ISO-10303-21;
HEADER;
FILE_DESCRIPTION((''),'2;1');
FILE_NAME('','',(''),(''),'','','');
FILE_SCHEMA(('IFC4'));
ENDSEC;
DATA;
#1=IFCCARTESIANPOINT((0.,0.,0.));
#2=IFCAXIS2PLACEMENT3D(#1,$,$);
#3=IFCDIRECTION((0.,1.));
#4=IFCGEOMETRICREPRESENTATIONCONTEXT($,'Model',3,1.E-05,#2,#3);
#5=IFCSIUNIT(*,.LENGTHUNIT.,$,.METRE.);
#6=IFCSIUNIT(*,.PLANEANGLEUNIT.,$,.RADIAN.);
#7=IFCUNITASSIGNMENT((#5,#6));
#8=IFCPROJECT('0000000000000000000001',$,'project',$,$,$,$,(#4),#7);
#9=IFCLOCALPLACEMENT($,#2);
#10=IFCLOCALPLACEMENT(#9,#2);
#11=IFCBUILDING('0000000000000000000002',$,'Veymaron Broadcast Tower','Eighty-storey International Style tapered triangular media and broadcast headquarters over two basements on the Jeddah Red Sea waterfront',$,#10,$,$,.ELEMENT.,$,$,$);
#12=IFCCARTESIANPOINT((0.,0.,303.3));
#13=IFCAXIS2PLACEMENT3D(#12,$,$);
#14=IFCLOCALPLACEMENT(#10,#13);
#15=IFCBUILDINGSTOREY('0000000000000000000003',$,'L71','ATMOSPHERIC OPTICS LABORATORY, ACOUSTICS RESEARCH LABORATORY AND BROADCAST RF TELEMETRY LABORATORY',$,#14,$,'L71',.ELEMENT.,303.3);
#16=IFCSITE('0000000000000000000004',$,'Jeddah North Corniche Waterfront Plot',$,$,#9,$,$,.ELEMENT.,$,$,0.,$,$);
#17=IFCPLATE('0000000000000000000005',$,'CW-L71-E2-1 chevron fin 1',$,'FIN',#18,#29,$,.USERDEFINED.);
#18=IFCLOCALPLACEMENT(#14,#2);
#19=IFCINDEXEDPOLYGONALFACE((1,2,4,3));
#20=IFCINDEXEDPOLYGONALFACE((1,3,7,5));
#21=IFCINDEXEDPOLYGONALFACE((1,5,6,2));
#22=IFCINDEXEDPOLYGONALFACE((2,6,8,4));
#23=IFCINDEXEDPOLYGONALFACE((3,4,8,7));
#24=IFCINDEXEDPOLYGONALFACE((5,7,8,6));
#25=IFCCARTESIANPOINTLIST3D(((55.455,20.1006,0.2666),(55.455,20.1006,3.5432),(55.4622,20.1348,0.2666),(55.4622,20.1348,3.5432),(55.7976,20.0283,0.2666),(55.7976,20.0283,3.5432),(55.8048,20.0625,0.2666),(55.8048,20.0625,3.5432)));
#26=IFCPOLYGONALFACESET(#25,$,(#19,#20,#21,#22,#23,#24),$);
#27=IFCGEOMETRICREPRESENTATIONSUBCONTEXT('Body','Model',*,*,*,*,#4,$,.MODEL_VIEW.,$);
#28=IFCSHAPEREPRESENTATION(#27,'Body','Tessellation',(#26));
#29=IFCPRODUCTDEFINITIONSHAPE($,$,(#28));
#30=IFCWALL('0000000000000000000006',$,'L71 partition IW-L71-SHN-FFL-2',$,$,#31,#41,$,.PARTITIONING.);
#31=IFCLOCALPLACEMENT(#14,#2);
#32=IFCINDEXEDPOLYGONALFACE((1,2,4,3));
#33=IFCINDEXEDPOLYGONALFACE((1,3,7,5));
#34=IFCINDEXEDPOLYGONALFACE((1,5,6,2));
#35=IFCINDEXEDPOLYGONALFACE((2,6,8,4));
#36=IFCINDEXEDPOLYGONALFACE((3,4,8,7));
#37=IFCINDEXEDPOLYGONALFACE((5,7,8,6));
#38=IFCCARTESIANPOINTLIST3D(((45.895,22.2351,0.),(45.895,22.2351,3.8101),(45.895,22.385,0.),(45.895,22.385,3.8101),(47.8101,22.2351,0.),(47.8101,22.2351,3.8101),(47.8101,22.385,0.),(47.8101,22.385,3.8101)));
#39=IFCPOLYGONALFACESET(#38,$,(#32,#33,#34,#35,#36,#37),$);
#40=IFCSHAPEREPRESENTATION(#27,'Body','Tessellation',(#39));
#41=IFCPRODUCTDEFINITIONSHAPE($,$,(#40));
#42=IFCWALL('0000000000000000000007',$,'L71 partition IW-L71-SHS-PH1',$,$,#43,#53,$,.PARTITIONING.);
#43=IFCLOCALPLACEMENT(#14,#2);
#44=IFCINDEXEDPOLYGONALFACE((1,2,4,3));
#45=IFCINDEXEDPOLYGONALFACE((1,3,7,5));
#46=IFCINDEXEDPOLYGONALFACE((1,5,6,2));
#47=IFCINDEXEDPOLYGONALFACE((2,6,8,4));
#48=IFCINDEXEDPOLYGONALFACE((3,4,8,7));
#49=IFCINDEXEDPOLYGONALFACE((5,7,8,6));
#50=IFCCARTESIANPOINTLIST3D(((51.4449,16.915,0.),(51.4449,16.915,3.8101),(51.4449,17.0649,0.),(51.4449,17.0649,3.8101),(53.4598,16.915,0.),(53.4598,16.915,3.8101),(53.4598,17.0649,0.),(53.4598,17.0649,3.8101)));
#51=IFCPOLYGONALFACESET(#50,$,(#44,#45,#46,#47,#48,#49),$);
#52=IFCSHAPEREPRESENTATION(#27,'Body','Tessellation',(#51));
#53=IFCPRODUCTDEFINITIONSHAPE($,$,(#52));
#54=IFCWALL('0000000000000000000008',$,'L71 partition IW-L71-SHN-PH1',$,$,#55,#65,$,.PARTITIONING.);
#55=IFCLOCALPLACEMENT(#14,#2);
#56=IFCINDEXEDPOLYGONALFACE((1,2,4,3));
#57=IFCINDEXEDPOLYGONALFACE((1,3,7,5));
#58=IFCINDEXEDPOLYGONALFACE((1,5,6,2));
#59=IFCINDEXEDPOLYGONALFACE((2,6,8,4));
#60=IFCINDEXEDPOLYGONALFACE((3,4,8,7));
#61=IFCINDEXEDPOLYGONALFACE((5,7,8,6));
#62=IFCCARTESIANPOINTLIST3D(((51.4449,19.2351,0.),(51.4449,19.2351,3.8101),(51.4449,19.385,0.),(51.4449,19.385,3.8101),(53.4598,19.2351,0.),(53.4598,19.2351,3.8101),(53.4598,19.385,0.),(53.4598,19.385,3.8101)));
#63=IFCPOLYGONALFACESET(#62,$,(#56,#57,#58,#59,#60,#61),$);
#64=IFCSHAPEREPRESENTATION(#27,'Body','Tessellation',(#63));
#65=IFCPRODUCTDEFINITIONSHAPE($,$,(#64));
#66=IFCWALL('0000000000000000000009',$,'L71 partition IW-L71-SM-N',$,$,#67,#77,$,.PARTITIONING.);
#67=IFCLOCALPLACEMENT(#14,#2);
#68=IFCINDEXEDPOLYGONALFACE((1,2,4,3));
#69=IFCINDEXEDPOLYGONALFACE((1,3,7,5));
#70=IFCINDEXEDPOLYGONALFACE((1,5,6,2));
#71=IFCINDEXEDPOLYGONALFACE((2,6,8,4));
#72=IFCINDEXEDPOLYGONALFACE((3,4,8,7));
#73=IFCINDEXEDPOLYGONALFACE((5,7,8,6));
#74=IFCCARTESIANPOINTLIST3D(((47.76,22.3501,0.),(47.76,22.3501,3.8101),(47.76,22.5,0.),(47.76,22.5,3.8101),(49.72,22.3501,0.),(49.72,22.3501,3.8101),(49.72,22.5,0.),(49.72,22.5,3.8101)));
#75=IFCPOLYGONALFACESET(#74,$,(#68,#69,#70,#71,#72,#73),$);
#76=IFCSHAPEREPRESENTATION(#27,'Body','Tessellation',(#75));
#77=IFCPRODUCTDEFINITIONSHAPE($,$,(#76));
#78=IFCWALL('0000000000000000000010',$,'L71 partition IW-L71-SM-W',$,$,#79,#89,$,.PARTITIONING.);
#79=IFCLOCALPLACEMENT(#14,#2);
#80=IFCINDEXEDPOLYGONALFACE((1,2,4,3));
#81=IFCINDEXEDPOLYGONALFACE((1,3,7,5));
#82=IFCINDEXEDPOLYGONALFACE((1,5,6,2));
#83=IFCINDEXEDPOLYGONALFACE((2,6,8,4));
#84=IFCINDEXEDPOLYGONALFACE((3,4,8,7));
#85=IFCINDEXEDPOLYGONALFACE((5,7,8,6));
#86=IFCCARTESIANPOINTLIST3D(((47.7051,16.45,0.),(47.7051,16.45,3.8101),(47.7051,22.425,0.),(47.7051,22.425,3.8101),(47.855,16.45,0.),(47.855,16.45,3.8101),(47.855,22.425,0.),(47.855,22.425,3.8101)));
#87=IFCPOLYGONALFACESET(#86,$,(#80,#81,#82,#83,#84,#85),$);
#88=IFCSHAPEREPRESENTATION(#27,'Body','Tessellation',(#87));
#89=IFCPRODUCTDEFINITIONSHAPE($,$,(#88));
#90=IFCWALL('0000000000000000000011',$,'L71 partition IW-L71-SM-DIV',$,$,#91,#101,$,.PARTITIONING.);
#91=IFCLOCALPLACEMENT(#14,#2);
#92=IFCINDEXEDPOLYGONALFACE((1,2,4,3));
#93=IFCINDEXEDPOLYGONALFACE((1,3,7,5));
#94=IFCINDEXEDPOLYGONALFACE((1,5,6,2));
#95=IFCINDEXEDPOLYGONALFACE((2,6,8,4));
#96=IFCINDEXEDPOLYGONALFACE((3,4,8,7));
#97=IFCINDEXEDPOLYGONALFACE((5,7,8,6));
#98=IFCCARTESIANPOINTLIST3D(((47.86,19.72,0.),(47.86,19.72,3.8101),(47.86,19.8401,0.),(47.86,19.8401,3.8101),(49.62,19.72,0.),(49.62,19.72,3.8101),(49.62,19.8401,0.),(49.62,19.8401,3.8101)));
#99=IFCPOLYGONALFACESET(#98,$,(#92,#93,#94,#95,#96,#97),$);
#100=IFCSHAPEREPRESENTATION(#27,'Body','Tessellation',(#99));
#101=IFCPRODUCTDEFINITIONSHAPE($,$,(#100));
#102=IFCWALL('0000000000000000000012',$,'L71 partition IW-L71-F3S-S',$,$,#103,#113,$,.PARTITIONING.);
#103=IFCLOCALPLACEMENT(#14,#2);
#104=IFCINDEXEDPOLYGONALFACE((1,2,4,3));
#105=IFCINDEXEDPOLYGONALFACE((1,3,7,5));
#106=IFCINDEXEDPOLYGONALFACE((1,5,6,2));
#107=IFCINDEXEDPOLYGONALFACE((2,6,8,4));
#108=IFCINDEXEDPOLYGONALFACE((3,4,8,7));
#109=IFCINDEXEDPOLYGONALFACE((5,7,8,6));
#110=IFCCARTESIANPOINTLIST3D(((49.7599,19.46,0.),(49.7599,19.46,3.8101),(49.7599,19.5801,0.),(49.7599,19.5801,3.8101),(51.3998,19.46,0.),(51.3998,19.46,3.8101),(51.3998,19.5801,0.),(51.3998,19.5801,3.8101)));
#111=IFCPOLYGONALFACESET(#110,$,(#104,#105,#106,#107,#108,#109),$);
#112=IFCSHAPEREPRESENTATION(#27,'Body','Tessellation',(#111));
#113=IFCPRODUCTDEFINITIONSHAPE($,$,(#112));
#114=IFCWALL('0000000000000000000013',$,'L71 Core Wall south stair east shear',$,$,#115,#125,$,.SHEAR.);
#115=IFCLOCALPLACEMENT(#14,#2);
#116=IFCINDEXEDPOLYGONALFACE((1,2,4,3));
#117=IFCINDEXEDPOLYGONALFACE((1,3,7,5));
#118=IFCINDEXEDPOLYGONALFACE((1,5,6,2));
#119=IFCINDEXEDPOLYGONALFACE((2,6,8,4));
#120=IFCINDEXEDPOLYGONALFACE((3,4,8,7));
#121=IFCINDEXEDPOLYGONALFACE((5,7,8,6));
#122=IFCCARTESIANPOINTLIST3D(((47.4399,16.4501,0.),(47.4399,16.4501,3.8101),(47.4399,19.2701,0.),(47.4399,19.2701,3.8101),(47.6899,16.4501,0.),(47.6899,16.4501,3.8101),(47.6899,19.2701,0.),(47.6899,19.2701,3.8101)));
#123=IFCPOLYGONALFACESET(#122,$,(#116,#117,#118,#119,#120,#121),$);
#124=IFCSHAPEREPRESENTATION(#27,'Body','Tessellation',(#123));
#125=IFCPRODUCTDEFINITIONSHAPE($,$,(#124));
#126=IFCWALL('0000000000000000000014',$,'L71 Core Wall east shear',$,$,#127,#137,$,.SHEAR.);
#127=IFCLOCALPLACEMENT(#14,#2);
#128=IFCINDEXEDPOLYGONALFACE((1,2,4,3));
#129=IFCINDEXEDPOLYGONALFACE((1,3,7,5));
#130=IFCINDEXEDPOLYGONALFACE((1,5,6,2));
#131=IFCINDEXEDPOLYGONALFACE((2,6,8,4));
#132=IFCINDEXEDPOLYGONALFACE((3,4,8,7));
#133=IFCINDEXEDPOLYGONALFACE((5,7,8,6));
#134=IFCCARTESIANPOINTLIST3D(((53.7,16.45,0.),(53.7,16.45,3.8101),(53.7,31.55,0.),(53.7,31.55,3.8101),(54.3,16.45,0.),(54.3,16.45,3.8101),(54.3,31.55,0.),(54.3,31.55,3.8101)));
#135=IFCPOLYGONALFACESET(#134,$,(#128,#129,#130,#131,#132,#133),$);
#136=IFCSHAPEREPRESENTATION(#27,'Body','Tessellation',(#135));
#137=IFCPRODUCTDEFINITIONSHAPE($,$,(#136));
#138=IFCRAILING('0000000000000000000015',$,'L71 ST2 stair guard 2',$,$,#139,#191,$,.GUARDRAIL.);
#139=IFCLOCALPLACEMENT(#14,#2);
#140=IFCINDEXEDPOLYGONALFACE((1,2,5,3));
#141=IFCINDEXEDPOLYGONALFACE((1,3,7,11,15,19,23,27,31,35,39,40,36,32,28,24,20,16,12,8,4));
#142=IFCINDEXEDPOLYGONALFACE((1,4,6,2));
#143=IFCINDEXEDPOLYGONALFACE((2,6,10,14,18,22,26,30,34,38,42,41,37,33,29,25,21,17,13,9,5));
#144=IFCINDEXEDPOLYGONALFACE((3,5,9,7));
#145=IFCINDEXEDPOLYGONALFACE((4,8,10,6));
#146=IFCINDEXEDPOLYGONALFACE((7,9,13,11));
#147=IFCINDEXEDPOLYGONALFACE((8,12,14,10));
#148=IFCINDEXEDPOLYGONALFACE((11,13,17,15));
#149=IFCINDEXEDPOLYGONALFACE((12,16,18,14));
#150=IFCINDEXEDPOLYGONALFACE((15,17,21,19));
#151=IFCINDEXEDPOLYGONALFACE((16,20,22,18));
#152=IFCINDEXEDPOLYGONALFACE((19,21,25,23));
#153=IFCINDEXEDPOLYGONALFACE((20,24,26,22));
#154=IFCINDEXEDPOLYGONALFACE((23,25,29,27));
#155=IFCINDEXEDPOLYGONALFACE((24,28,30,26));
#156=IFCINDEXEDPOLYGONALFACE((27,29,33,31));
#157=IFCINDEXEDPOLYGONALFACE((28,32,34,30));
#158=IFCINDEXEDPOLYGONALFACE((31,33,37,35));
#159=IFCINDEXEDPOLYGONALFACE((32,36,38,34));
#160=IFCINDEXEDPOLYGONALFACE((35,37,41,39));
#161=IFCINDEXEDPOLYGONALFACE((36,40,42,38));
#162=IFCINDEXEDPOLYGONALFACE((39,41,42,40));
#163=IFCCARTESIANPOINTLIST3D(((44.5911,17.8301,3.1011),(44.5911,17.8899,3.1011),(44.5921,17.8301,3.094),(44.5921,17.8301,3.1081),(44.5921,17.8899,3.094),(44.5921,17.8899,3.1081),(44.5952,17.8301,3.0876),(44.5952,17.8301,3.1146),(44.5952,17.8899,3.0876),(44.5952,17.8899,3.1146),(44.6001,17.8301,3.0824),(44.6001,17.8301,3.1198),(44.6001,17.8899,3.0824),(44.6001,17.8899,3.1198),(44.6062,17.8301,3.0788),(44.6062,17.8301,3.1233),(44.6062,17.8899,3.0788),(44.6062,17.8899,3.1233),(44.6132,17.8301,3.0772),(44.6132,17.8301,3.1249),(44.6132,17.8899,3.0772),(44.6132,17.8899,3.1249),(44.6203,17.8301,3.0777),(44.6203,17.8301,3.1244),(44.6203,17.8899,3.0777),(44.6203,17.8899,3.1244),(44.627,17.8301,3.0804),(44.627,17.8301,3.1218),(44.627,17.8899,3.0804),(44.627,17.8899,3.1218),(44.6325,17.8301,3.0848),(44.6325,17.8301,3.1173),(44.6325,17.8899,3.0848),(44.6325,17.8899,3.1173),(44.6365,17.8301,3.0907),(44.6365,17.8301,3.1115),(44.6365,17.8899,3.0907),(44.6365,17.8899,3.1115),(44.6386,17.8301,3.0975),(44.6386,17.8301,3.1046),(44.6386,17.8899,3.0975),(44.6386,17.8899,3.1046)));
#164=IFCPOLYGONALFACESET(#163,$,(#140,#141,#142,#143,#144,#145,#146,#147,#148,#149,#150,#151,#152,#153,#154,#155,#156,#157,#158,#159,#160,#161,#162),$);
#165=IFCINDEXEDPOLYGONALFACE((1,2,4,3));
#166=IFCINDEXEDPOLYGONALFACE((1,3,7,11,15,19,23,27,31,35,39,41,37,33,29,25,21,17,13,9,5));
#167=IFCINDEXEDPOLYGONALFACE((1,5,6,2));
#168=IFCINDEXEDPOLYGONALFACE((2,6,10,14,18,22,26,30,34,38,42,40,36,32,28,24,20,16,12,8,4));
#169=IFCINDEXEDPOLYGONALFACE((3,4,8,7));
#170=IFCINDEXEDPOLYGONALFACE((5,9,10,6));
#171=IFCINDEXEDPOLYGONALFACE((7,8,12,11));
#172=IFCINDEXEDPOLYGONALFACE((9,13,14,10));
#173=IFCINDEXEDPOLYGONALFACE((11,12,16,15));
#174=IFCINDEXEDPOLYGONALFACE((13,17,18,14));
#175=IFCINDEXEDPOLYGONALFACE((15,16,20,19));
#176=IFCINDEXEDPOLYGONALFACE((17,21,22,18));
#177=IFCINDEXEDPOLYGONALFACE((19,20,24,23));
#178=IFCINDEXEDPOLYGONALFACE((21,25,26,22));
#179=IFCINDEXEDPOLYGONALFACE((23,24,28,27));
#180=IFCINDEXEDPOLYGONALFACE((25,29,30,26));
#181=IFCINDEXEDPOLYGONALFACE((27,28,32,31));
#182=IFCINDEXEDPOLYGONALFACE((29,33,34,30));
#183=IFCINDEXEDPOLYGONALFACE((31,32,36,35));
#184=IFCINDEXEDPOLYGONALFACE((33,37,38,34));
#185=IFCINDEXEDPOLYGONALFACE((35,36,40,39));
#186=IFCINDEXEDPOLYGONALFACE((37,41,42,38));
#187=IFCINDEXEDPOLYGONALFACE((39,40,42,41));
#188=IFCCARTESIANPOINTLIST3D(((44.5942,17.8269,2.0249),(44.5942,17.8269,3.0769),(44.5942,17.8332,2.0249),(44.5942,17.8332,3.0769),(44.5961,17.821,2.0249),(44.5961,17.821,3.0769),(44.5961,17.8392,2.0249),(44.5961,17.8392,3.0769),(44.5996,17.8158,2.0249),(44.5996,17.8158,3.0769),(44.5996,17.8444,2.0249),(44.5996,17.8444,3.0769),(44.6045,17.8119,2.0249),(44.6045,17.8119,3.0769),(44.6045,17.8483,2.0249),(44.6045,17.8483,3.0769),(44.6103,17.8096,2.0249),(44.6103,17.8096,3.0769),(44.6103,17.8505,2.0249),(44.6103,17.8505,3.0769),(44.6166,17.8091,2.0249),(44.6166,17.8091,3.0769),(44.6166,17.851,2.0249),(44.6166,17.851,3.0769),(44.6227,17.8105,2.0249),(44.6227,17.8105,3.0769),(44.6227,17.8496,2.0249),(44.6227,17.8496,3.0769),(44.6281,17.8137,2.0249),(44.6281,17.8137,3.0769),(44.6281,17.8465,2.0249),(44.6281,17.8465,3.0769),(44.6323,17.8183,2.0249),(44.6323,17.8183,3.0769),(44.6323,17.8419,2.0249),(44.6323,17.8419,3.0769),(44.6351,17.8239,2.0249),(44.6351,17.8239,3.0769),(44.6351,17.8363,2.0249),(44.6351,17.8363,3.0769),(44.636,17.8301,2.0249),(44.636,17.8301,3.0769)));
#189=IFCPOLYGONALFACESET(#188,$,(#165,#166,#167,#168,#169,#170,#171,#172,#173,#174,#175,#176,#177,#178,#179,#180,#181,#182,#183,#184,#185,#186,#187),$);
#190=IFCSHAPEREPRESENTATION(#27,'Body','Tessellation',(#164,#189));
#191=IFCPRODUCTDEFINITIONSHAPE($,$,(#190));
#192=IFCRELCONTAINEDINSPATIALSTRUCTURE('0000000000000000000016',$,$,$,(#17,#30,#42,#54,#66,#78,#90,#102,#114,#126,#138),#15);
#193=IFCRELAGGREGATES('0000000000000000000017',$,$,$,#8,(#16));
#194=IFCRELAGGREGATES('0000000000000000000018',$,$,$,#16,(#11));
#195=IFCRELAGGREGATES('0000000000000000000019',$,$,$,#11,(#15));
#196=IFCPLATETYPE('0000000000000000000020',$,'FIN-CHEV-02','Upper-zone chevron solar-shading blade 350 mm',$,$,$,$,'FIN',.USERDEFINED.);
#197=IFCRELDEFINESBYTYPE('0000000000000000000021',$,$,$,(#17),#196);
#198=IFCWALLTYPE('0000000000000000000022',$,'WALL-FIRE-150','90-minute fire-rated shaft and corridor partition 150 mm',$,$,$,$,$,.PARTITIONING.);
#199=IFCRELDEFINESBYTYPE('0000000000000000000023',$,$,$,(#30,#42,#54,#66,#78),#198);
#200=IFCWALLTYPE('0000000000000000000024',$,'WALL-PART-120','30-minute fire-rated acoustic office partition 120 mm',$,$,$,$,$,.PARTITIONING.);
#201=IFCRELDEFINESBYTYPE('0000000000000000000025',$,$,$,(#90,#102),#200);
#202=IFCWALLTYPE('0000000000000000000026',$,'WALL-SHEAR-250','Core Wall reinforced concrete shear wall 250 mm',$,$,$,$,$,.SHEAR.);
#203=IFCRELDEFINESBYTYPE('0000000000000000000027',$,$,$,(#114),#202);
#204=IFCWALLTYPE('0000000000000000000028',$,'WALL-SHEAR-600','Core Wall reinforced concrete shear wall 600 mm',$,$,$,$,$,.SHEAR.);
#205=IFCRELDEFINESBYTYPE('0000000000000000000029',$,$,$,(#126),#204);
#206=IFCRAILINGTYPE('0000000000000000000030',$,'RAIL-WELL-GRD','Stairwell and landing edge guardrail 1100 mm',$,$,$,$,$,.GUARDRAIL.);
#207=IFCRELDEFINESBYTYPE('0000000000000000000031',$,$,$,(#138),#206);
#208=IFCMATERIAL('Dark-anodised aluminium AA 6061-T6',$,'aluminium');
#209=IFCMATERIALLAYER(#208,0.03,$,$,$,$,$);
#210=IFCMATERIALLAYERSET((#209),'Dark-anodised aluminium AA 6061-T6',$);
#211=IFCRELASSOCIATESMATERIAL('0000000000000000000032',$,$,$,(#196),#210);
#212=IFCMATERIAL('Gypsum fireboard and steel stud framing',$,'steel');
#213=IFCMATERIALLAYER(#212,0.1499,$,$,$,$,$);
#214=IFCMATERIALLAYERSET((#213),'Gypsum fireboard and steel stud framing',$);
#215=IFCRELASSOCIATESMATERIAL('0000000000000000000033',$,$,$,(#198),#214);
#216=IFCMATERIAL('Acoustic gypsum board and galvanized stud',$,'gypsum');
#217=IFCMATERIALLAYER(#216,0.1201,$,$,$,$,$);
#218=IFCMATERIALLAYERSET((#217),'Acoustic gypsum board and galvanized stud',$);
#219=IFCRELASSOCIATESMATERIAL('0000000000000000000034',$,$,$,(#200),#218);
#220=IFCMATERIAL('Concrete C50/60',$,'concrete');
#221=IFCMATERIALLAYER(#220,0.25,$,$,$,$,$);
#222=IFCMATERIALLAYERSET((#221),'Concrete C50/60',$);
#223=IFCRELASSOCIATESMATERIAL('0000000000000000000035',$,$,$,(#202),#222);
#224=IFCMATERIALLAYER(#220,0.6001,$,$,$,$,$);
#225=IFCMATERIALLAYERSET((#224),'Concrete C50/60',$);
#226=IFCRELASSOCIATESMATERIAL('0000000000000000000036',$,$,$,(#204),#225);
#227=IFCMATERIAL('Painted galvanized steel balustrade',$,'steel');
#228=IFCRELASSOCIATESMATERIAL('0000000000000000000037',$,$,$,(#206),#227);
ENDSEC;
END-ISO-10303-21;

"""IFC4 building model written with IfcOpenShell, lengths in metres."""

from ifc_helpers import new_model, si_unit, direction, frame, frame_2d, origin, origin_2d, place, context, subcontext, project, spatial, rectangle, circle, extrude, material, layer, layer_set, type_object, element, save


model = new_model("IFC4")

# Units and contexts
model_context = context("Model", 3, precision=1e-05, world=origin(), true_north=direction((0.0, 1.0)))
body_context = subcontext(model_context, "Body", "Model", "MODEL_VIEW")
ifc_project = project(units=[si_unit("LENGTHUNIT", "METRE"), si_unit("PLANEANGLEUNIT", "RADIAN")], contexts=[model_context])

# Site, building, storey
site_placement = place(None, origin())
site = spatial("IfcSite", under=ifc_project, at=site_placement, Name="Jeddah North Corniche Waterfront Plot", CompositionType="ELEMENT", RefElevation=0.0)
building_placement = place(site_placement, origin())
building = spatial("IfcBuilding", under=site, at=building_placement, Name="Veymaron Broadcast Tower", Description="Eighty-storey International Style tapered triangular media and broadcast headquarters over two basements on the Jeddah Red Sea waterfront", CompositionType="ELEMENT")
storey_placement = place(building_placement, frame((0.0, 0.0, 303.3)))
storey = spatial("IfcBuildingStorey", under=building, at=storey_placement, Name="L71", Description="ATMOSPHERIC OPTICS LABORATORY, ACOUSTICS RESEARCH LABORATORY AND BROADCAST RF TELEMETRY LABORATORY", LongName="L71", CompositionType="ELEMENT", Elevation=303.3)

# Plate
ifc_material_1 = material(Name="Dark-anodised aluminium AA 6061-T6", Category="aluminium")
ifc_layer_1 = layer(ifc_material_1, 0.03)
ifc_layer_set_1 = layer_set([ifc_layer_1], Name="Dark-anodised aluminium AA 6061-T6")
plate_type_1 = type_object("IfcPlateType", Name="FIN-CHEV-02", Description="Upper-zone chevron solar-shading blade 350 mm", ElementType="FIN", PredefinedType="USERDEFINED", material=ifc_layer_set_1)
plate_1_placement = place(storey_placement, frame((55.6299, 20.0815, 0.2666), z_axis=(0.0, 0.0, 1.0), x_axis=(0.978444, -0.206512, 0.0)))
element("IfcPlate", 1, at=plate_1_placement, inside=storey, type_object=plate_type_1, Name="CW-L71-E2-1 chevron fin 1", ObjectType="FIN", PredefinedType="USERDEFINED", context=body_context, shape_type="SweptSolid", body=[
    extrude(rectangle(XDim=0.3501, YDim=0.0349, at=origin_2d()), origin(), (0.0, 0.0, 1.0), 3.2766),
])

# Shared definitions
ifc_material_2 = material(Name="Gypsum fireboard and steel stud framing", Category="steel")
ifc_layer_2 = layer(ifc_material_2, 0.1499)
ifc_layer_set_2 = layer_set([ifc_layer_2], Name="Gypsum fireboard and steel stud framing")
wall_type_1 = type_object("IfcWallType", Name="WALL-FIRE-150", Description="90-minute fire-rated shaft and corridor partition 150 mm", PredefinedType="PARTITIONING", material=ifc_layer_set_2)

# Wall
wall_1_placement = place(storey_placement, frame((45.895, 22.3101, 0.0), z_axis=(0.0, 0.0, 1.0), x_axis=(1.0, 0.0, 0.0)))
element("IfcWall", 2, at=wall_1_placement, inside=storey, type_object=wall_type_1, Name="L71 partition IW-L71-SHN-FFL-2", PredefinedType="PARTITIONING", context=body_context, shape_type="SweptSolid", body=[
    extrude(rectangle(XDim=1.915, YDim=0.1499, at=frame_2d((0.9575, 0.0))), origin(), (0.0, 0.0, 1.0), 3.8101),
])

# Walls
for number, where, z_axis, x_axis, name in (
    (3, (51.4451, 16.99, 0.0), (0.0, 0.0, 1.0), (1.0, 0.0, 0.0), "L71 partition IW-L71-SHS-PH1"),
    (4, (51.4451, 19.3101, 0.0), (0.0, 0.0, 1.0), (1.0, 0.0, 0.0), "L71 partition IW-L71-SHN-PH1"),
):
    element("IfcWall", number, at=place(storey_placement, frame(where, z_axis=z_axis, x_axis=x_axis)), inside=storey, type_object=wall_type_1, Name=name, PredefinedType="PARTITIONING", context=body_context, shape_type="SweptSolid", body=[
        extrude(rectangle(XDim=2.0149, YDim=0.1499, at=frame_2d((1.0073, 0.0))), origin(), (0.0, 0.0, 1.0), 3.8101),
    ])

# Walls
wall_2_placement = place(storey_placement, frame((47.76, 22.425, 0.0), z_axis=(0.0, 0.0, 1.0), x_axis=(1.0, 0.0, 0.0)))
element("IfcWall", 5, at=wall_2_placement, inside=storey, type_object=wall_type_1, Name="L71 partition IW-L71-SM-N", PredefinedType="PARTITIONING", context=body_context, shape_type="SweptSolid", body=[
    extrude(rectangle(XDim=1.96, YDim=0.1499, at=frame_2d((0.98, 0.0))), origin(), (0.0, 0.0, 1.0), 3.8101),
])
wall_3_placement = place(storey_placement, frame((47.78, 16.45, 0.0), z_axis=(0.0, 0.0, 1.0), x_axis=(0.0, 1.0, 0.0)))
element("IfcWall", 6, at=wall_3_placement, inside=storey, type_object=wall_type_1, Name="L71 partition IW-L71-SM-W", PredefinedType="PARTITIONING", context=body_context, shape_type="SweptSolid", body=[
    extrude(rectangle(XDim=5.9751, YDim=0.1499, at=frame_2d((2.9875, 0.0))), origin(), (0.0, 0.0, 1.0), 3.8101),
])
ifc_material_3 = material(Name="Acoustic gypsum board and galvanized stud", Category="gypsum")
ifc_layer_3 = layer(ifc_material_3, 0.1201)
ifc_layer_set_3 = layer_set([ifc_layer_3], Name="Acoustic gypsum board and galvanized stud")
wall_type_2 = type_object("IfcWallType", Name="WALL-PART-120", Description="30-minute fire-rated acoustic office partition 120 mm", PredefinedType="PARTITIONING", material=ifc_layer_set_3)
wall_4_placement = place(storey_placement, frame((47.8601, 19.78, 0.0), z_axis=(0.0, 0.0, 1.0), x_axis=(1.0, 0.0, 0.0)))
element("IfcWall", 7, at=wall_4_placement, inside=storey, type_object=wall_type_2, Name="L71 partition IW-L71-SM-DIV", PredefinedType="PARTITIONING", context=body_context, shape_type="SweptSolid", body=[
    extrude(rectangle(XDim=1.76, YDim=0.1201, at=frame_2d((0.8799, 0.0))), origin(), (0.0, 0.0, 1.0), 3.8101),
])

# Walls
wall_5_placement = place(storey_placement, frame((49.76, 19.52, 0.0), z_axis=(0.0, 0.0, 1.0), x_axis=(1.0, 0.0, 0.0)))
element("IfcWall", 8, at=wall_5_placement, inside=storey, type_object=wall_type_2, Name="L71 partition IW-L71-F3S-S", PredefinedType="PARTITIONING", context=body_context, shape_type="SweptSolid", body=[
    extrude(rectangle(XDim=1.6399, YDim=0.1201, at=frame_2d((0.8198, 0.0))), origin(), (0.0, 0.0, 1.0), 3.8101),
])
ifc_material_4 = material(Name="Concrete C50/60", Category="concrete")
ifc_layer_4 = layer(ifc_material_4, 0.25)
ifc_layer_set_4 = layer_set([ifc_layer_4], Name="Concrete C50/60")
wall_type_3 = type_object("IfcWallType", Name="WALL-SHEAR-250", Description="Core Wall reinforced concrete shear wall 250 mm", PredefinedType="SHEAR", material=ifc_layer_set_4)
wall_6_placement = place(storey_placement, frame((47.5649, 16.45, 0.0), z_axis=(0.0, 0.0, 1.0), x_axis=(0.0, 1.0, 0.0)))
element("IfcWall", 9, at=wall_6_placement, inside=storey, type_object=wall_type_3, Name="L71 Core Wall south stair east shear", PredefinedType="SHEAR", context=body_context, shape_type="SweptSolid", body=[
    extrude(rectangle(XDim=2.8201, YDim=0.25, at=frame_2d((1.4102, 0.0))), origin(), (0.0, 0.0, 1.0), 3.8101),
])
ifc_layer_5 = layer(ifc_material_4, 0.6001)
ifc_layer_set_5 = layer_set([ifc_layer_5], Name="Concrete C50/60")
wall_type_4 = type_object("IfcWallType", Name="WALL-SHEAR-600", Description="Core Wall reinforced concrete shear wall 600 mm", PredefinedType="SHEAR", material=ifc_layer_set_5)
wall_7_placement = place(storey_placement, frame((54.0, 16.45, 0.0), z_axis=(0.0, 0.0, 1.0), x_axis=(0.0, 1.0, 0.0)))
element("IfcWall", 10, at=wall_7_placement, inside=storey, type_object=wall_type_4, Name="L71 Core Wall east shear", PredefinedType="SHEAR", context=body_context, shape_type="SweptSolid", body=[
    extrude(rectangle(XDim=15.1001, YDim=0.6001, at=frame_2d((7.55, 0.0))), origin(), (0.0, 0.0, 1.0), 3.8101),
])

# Railing
ifc_material_5 = material(Name="Painted galvanized steel balustrade", Category="steel")
railing_type = type_object("IfcRailingType", Name="RAIL-WELL-GRD", Description="Stairwell and landing edge guardrail 1100 mm", PredefinedType="GUARDRAIL", material=ifc_material_5)
railing_placement = place(storey_placement, frame((44.615, 17.8301, 2.0249)))
element("IfcRailing", 11, at=railing_placement, inside=storey, type_object=railing_type, Name="L71 ST2 stair guard 2", PredefinedType="GUARDRAIL", context=body_context, shape_type="SweptSolid", body=[
    extrude(circle(Radius=0.0239, at=origin_2d()), frame((0.0, 0.0, 1.0762), z_axis=(0.0, 1.0, 0.0), x_axis=(-1.0, 0.0, 0.0)), (0.0, 0.0, 1.0), 0.0598),
    extrude(circle(Radius=0.021, at=origin_2d()), origin(), (0.0, 0.0, 1.0), 1.052),
])

save(model, "model.ifc")
